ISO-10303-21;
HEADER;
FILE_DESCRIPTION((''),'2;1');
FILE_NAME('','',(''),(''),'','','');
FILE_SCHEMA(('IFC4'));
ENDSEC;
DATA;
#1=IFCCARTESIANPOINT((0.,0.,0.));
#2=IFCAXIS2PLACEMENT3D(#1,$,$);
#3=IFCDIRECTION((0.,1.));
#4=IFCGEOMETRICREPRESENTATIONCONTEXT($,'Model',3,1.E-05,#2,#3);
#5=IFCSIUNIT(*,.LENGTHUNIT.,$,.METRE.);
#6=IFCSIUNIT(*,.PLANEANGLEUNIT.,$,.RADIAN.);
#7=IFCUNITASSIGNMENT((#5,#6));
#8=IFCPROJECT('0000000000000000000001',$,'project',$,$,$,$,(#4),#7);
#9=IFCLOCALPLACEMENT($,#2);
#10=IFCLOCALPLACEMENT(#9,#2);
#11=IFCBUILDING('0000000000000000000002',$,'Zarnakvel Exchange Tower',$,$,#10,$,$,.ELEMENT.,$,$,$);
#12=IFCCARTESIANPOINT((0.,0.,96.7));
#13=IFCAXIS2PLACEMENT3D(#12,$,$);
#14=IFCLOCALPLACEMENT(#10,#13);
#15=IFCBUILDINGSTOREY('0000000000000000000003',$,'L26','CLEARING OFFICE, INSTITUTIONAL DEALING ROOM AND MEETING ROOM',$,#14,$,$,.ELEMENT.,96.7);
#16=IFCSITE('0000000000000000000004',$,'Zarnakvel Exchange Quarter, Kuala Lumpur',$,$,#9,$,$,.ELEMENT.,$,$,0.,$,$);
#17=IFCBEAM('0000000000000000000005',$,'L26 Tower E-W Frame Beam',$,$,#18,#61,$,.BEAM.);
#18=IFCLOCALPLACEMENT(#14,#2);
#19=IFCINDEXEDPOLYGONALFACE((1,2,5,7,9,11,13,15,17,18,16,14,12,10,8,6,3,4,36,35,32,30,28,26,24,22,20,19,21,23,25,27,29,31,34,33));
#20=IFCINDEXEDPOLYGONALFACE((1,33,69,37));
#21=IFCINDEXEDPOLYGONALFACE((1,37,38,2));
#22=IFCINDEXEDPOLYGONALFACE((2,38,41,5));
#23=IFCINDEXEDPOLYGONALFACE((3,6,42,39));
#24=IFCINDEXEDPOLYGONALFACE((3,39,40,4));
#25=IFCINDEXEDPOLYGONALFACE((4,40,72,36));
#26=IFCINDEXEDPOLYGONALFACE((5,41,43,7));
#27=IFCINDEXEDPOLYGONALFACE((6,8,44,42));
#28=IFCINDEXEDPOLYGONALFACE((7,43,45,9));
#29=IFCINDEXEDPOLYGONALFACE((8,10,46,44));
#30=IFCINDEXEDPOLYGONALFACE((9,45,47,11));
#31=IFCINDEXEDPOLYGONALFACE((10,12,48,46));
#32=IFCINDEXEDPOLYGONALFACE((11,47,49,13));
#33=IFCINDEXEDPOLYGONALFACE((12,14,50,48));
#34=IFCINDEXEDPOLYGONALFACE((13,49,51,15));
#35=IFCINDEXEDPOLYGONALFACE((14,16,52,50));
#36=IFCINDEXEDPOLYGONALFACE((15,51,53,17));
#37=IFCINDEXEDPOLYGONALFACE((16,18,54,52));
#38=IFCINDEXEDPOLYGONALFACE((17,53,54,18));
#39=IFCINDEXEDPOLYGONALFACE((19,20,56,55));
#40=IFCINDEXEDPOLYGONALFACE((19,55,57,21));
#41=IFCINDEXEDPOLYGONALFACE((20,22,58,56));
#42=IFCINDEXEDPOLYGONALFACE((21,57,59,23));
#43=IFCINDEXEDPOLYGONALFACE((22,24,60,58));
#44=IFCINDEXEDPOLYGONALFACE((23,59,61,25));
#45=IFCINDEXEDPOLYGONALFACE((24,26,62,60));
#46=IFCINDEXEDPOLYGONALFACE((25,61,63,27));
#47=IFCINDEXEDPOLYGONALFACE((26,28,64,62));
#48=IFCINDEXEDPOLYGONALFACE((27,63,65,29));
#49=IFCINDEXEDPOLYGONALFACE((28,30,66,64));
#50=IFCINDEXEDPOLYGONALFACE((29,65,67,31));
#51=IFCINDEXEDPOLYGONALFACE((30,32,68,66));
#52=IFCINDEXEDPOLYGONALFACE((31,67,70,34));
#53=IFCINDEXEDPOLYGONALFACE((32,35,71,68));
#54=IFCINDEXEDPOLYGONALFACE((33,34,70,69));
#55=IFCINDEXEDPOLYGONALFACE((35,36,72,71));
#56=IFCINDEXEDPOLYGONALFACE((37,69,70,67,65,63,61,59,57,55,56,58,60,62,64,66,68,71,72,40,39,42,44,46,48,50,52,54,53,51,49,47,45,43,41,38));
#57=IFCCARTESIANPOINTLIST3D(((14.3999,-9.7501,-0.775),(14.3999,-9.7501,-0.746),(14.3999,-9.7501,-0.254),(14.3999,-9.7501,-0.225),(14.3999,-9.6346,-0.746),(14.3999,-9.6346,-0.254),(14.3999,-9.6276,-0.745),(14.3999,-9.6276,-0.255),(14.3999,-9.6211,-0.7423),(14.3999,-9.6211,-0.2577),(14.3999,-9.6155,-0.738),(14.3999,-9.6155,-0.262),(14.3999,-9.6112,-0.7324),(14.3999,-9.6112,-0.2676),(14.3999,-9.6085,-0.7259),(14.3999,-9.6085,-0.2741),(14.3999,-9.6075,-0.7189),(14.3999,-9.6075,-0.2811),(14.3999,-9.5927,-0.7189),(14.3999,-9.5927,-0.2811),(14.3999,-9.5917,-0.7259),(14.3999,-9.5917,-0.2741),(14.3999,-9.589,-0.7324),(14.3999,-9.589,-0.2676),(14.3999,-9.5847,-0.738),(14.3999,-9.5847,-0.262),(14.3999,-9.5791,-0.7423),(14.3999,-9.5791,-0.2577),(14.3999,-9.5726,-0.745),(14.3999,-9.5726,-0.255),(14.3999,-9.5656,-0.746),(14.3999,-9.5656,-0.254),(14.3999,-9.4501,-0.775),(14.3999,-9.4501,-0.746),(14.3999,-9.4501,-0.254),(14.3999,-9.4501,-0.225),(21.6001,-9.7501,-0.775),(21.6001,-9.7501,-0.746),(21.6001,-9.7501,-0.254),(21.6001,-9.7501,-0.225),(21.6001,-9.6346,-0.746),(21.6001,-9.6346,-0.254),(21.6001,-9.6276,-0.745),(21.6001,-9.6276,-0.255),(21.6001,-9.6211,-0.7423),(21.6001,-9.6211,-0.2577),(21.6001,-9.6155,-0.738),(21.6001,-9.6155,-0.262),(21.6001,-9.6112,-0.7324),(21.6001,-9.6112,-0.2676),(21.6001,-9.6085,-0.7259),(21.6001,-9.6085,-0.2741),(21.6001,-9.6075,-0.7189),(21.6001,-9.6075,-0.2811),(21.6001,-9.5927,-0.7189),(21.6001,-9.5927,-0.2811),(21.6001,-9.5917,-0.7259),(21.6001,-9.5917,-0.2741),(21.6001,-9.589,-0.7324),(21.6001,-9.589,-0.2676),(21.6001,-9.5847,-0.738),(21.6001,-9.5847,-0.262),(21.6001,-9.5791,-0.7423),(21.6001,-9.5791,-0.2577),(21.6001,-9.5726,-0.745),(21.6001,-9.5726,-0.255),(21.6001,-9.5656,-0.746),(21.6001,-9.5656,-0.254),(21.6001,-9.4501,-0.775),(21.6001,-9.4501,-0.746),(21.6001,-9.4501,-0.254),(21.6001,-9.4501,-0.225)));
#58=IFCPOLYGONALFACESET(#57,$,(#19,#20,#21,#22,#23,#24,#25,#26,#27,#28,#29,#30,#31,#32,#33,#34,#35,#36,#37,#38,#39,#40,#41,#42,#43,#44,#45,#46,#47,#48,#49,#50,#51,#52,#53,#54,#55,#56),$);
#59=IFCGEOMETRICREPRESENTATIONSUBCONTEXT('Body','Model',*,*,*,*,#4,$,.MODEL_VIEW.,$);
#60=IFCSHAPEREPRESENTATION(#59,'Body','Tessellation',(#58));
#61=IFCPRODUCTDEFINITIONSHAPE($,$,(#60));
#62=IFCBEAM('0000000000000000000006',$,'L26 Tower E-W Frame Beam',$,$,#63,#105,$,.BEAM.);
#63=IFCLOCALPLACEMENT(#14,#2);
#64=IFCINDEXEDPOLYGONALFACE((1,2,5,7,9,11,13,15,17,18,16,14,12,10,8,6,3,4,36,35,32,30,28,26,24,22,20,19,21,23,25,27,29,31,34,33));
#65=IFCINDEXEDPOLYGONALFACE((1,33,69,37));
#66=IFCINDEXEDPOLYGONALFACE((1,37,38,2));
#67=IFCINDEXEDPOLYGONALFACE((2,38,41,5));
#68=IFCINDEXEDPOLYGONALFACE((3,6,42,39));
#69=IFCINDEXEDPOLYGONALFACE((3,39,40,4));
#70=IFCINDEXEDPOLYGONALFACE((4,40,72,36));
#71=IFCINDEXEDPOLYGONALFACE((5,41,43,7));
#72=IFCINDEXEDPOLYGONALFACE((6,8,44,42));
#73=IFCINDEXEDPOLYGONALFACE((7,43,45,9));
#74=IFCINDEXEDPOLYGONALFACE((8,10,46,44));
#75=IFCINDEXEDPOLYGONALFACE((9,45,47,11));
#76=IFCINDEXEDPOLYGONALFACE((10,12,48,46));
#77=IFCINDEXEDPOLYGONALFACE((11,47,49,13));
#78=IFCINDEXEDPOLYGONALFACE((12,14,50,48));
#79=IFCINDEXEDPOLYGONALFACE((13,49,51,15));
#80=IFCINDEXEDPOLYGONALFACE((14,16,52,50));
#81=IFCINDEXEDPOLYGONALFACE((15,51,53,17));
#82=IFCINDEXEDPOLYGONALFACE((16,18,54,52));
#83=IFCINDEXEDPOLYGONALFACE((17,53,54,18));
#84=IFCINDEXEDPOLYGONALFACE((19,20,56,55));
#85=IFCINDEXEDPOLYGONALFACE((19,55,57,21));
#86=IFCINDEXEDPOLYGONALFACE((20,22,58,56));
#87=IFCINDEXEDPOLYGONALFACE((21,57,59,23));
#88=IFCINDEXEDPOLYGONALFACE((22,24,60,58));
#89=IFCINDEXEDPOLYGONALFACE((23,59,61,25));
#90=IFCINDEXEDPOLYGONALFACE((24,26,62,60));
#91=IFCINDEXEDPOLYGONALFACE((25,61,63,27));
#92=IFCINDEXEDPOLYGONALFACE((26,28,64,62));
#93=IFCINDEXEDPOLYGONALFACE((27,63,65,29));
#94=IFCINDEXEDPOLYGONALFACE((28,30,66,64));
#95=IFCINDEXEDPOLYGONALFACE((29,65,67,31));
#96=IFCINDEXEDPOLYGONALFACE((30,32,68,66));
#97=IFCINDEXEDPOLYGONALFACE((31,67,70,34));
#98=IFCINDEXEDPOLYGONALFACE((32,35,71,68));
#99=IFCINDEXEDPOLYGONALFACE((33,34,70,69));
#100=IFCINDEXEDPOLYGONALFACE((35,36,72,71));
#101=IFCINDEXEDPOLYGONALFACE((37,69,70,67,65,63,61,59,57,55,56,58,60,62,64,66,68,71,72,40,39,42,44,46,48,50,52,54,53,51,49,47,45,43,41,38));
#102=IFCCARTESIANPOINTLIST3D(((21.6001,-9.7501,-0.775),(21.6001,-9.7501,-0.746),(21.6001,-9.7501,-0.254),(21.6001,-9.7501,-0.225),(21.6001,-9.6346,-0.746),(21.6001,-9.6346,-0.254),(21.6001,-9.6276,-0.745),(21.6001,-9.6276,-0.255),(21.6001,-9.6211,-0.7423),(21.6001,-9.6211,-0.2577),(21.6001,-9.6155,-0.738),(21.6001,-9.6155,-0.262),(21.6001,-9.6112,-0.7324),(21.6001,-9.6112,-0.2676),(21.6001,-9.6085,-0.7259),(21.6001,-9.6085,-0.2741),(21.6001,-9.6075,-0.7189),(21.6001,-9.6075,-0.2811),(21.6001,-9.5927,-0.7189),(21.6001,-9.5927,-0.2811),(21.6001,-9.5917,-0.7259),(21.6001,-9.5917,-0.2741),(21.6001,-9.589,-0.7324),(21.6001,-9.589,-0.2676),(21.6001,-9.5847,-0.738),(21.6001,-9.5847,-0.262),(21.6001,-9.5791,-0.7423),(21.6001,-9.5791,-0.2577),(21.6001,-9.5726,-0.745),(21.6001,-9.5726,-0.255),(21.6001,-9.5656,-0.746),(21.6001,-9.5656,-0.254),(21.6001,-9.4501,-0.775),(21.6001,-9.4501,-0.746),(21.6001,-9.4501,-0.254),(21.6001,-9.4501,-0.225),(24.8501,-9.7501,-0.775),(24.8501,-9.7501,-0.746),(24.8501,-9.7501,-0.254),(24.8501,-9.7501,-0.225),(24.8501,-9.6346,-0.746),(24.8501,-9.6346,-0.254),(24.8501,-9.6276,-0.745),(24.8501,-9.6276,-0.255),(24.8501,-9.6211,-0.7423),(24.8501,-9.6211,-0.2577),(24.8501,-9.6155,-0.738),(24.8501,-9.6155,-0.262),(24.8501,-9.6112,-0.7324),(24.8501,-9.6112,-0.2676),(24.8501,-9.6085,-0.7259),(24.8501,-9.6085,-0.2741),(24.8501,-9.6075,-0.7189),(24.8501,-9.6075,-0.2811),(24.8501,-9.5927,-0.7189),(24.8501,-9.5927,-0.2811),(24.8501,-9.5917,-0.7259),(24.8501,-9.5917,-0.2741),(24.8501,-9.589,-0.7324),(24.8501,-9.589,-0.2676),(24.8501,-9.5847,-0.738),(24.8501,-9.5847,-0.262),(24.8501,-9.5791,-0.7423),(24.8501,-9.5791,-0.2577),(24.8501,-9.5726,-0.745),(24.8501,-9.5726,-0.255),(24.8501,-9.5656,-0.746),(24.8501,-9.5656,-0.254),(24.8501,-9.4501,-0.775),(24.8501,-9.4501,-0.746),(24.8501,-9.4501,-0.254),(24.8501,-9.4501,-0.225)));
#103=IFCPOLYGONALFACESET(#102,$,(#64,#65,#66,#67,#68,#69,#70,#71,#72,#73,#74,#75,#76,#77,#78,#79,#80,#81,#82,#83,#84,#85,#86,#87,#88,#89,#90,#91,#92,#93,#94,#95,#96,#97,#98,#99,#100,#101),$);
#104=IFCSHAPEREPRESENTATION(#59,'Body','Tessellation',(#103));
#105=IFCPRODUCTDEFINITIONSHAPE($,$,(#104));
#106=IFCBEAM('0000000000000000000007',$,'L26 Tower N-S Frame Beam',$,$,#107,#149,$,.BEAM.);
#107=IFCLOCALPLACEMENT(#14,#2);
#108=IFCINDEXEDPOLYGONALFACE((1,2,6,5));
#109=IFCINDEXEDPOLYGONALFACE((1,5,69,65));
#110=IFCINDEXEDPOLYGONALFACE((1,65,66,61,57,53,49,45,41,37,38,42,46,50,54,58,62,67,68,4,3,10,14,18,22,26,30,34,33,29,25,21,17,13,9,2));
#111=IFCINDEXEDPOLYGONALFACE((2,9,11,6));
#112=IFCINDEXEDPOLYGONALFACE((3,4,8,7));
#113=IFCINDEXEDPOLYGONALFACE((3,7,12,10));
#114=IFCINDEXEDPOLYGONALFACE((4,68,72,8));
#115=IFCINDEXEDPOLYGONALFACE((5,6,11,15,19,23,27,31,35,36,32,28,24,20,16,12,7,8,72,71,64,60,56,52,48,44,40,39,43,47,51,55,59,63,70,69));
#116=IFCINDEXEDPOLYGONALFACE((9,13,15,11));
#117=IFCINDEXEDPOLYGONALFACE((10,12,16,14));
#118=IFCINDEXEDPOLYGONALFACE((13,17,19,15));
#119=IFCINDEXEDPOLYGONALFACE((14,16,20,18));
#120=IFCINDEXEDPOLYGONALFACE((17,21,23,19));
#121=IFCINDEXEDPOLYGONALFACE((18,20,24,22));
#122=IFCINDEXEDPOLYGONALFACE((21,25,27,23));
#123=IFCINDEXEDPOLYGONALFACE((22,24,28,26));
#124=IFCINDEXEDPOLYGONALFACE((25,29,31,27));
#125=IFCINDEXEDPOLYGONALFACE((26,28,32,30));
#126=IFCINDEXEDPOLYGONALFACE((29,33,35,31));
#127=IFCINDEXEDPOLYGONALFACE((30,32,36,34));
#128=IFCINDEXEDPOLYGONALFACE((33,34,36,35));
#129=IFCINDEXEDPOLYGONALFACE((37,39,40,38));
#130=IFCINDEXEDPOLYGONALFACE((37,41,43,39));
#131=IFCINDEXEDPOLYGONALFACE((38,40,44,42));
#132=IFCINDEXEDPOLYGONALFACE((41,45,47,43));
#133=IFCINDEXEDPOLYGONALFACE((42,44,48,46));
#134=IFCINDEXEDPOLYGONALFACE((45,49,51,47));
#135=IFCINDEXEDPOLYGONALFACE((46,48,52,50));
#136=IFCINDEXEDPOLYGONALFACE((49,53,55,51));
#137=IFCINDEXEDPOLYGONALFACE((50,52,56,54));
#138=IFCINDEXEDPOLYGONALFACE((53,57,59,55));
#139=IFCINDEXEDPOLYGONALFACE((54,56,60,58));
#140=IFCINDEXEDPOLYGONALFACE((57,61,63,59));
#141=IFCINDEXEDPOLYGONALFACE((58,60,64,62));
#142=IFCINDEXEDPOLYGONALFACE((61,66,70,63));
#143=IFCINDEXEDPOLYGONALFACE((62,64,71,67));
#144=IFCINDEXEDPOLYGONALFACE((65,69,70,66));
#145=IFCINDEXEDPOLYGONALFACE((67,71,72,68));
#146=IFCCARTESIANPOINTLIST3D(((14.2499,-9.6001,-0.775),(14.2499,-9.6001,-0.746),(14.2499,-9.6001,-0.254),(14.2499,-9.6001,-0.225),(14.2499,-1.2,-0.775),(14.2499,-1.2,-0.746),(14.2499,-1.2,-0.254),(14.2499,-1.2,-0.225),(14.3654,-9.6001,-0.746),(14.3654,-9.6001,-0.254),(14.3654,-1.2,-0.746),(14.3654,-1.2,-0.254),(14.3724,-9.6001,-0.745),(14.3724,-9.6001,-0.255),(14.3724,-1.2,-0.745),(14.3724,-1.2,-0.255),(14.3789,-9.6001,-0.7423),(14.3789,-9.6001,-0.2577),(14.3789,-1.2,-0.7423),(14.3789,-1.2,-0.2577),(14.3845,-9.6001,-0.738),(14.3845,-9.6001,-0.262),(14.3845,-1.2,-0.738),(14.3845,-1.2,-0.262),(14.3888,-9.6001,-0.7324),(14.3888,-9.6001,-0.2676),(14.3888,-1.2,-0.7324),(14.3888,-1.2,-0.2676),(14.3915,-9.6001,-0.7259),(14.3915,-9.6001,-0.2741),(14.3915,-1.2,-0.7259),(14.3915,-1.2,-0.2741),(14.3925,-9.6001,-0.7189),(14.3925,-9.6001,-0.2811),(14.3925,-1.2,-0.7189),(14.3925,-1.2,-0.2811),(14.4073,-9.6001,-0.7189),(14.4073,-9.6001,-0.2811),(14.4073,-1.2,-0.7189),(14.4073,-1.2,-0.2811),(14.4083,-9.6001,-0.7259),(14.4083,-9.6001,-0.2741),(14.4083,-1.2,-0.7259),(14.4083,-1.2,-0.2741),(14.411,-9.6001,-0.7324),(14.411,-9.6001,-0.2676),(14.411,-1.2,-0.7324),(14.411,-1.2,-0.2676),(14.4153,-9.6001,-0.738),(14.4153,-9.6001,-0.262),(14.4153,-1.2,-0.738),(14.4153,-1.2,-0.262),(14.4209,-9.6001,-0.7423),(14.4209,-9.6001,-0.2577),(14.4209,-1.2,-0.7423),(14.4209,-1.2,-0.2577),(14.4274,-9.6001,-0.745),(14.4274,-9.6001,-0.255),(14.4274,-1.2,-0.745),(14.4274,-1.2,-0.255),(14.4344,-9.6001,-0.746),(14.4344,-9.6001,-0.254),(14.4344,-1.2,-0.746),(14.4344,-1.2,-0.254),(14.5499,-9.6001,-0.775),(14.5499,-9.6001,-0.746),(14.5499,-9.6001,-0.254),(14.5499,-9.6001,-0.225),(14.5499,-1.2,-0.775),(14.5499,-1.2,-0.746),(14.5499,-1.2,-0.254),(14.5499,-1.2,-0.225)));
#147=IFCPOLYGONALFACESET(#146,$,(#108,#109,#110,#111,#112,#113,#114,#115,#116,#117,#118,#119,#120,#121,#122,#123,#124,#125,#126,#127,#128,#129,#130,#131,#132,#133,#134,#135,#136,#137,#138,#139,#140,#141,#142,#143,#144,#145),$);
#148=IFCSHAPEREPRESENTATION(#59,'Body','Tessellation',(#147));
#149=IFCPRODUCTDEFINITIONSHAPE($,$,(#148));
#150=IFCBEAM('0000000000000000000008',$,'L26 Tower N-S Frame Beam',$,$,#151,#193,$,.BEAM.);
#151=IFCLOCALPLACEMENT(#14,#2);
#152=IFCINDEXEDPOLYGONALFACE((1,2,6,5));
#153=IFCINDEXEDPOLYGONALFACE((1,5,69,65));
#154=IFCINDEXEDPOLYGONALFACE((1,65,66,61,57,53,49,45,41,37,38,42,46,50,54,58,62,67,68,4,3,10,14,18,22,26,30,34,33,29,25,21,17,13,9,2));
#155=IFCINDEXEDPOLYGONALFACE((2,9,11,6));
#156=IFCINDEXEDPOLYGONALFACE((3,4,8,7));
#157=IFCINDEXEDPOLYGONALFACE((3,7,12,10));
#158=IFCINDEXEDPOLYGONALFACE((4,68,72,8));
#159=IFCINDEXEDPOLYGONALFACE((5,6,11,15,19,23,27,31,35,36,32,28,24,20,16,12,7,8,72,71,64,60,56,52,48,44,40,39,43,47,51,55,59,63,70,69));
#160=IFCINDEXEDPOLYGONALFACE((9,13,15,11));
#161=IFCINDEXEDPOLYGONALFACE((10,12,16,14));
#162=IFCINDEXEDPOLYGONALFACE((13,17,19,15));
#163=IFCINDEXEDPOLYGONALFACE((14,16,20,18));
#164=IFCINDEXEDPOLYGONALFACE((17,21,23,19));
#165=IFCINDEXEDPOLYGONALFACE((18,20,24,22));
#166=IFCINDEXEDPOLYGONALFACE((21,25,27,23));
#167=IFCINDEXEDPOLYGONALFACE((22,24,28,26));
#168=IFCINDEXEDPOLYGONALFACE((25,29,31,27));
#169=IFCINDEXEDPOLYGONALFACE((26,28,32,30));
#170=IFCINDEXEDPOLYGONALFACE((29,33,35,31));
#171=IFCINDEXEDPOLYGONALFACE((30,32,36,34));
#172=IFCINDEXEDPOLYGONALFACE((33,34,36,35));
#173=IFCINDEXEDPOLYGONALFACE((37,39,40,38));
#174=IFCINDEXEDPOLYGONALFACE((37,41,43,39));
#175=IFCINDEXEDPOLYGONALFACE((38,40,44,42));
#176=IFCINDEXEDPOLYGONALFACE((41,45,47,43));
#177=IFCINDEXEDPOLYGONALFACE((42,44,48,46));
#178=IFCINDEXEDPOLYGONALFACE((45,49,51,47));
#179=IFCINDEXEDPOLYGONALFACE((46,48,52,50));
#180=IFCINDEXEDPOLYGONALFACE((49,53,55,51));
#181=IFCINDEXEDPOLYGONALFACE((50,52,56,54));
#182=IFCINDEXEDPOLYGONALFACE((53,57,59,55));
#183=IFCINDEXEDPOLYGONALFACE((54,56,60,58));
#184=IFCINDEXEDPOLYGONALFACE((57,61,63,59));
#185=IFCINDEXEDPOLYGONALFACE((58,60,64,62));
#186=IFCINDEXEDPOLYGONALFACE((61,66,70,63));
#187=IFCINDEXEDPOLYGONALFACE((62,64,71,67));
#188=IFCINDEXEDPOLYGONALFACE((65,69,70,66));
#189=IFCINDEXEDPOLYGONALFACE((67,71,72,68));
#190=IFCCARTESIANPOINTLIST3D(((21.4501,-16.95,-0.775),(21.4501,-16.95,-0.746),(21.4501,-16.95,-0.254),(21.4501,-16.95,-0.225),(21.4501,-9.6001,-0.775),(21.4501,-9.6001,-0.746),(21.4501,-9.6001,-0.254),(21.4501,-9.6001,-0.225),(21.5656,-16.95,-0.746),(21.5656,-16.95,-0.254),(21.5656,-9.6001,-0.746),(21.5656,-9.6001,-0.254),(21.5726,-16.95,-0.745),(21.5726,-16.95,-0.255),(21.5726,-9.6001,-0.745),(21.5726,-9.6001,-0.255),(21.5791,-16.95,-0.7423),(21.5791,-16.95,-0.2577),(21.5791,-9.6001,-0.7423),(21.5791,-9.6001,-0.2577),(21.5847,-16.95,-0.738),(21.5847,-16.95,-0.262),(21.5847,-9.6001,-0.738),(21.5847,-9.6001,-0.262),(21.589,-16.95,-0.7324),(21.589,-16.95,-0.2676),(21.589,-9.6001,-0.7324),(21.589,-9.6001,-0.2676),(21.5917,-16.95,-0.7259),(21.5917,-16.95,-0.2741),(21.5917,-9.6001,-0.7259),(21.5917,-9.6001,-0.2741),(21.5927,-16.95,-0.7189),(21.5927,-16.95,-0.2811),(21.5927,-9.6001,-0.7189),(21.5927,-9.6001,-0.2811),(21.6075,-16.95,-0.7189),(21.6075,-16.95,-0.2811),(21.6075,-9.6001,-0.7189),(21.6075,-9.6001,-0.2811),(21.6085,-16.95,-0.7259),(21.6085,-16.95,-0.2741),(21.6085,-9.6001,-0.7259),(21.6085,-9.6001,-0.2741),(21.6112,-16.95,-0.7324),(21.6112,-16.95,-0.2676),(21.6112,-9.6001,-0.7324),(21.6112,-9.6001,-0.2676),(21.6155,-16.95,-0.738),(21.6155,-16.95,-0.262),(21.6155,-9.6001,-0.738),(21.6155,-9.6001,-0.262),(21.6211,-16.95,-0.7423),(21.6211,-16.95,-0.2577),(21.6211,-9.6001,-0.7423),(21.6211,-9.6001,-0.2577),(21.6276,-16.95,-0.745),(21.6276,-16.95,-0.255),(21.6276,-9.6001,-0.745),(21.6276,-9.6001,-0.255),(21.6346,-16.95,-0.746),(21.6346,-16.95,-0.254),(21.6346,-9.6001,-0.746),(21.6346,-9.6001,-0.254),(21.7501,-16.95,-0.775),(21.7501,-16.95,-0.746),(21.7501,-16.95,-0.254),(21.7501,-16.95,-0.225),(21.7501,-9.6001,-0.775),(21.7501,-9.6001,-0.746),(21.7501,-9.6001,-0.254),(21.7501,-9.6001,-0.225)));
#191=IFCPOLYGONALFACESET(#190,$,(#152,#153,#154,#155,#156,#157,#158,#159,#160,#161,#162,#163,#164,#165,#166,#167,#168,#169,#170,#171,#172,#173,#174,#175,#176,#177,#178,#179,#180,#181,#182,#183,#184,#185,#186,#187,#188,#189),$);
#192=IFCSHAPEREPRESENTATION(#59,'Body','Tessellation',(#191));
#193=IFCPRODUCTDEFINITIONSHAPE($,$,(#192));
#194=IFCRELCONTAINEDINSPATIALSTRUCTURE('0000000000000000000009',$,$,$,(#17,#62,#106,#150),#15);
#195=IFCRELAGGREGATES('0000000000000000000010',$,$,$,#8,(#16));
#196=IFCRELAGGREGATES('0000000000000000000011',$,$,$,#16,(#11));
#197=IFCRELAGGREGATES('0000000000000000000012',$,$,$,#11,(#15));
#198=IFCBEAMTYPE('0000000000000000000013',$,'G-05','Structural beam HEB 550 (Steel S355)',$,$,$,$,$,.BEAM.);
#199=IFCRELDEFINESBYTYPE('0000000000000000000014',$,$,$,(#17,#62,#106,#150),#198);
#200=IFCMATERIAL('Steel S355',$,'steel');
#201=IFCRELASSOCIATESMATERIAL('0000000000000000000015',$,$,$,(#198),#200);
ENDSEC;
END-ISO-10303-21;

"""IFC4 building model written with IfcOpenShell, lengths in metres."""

from ifc_helpers import new_model, si_unit, direction, frame, origin, origin_2d, place, context, subcontext, project, spatial, i_section, extrude, material, material_profile, profile_set, type_object, element, save


model = new_model("IFC4")

# Units and contexts
model_context = context("Model", 3, precision=1e-05, world=origin(), true_north=direction((0.0, 1.0)))
body_context = subcontext(model_context, "Body", "Model", "MODEL_VIEW")
ifc_project = project(units=[si_unit("LENGTHUNIT", "METRE"), si_unit("PLANEANGLEUNIT", "RADIAN")], contexts=[model_context])

# Site, building, storey
site_placement = place(None, origin())
site = spatial("IfcSite", under=ifc_project, at=site_placement, Name="Zarnakvel Exchange Quarter, Kuala Lumpur", CompositionType="ELEMENT", RefElevation=0.0)
building_placement = place(site_placement, origin())
building = spatial("IfcBuilding", under=site, at=building_placement, Name="Zarnakvel Exchange Tower", CompositionType="ELEMENT")
storey_placement = place(building_placement, frame((0.0, 0.0, 96.7)))
storey = spatial("IfcBuildingStorey", under=building, at=storey_placement, Name="L26", Description="CLEARING OFFICE, INSTITUTIONAL DEALING ROOM AND MEETING ROOM", CompositionType="ELEMENT", Elevation=96.7)

# Shared definitions
ifc_material_1 = material(Name="Steel S355", Category="steel")

# Beams
ifc_material_profile_1 = material_profile(ifc_material_1, i_section(OverallWidth=0.3, OverallDepth=0.55, WebThickness=0.0149, FlangeThickness=0.0291, FilletRadius=0.0271, at=origin_2d()))
ifc_profile_set_1 = profile_set([ifc_material_profile_1], Name="Steel S355")
beam_type_1 = type_object("IfcBeamType", Name="G-05", Description="Structural beam HEB 550 (Steel S355)", PredefinedType="BEAM", material=ifc_profile_set_1)
beam_1_placement = place(storey_placement, frame((14.3999, -9.6001, -0.5), z_axis=(1.0, 0.0, 0.0), x_axis=(0.0, 1.0, 0.0)))
element("IfcBeam", 1, at=beam_1_placement, inside=storey, type_object=beam_type_1, Name="L26 Tower E-W Frame Beam", PredefinedType="BEAM", context=body_context, shape_type="SweptSolid", body=[
    extrude(i_section(OverallWidth=0.3, OverallDepth=0.55, WebThickness=0.0149, FlangeThickness=0.0291, FilletRadius=0.0271, at=origin_2d()), origin(), (0.0, 0.0, 1.0), 7.2002),
])
beam_2_placement = place(storey_placement, frame((21.6001, -9.6001, -0.5), z_axis=(1.0, 0.0, 0.0), x_axis=(0.0, 1.0, 0.0)))
element("IfcBeam", 2, at=beam_2_placement, inside=storey, type_object=beam_type_1, Name="L26 Tower E-W Frame Beam", PredefinedType="BEAM", context=body_context, shape_type="SweptSolid", body=[
    extrude(i_section(OverallWidth=0.3, OverallDepth=0.55, WebThickness=0.0149, FlangeThickness=0.0291, FilletRadius=0.0271, at=origin_2d()), origin(), (0.0, 0.0, 1.0), 3.25),
])
beam_3_placement = place(storey_placement, frame((14.3999, -9.6001, -0.5), z_axis=(0.0, 1.0, 0.0), x_axis=(-1.0, 0.0, 0.0)))
element("IfcBeam", 3, at=beam_3_placement, inside=storey, type_object=beam_type_1, Name="L26 Tower N-S Frame Beam", PredefinedType="BEAM", context=body_context, shape_type="SweptSolid", body=[
    extrude(i_section(OverallWidth=0.3, OverallDepth=0.55, WebThickness=0.0149, FlangeThickness=0.0291, FilletRadius=0.0271, at=origin_2d()), origin(), (0.0, 0.0, 1.0), 8.4001),
])
beam_4_placement = place(storey_placement, frame((21.6001, -16.95, -0.5), z_axis=(0.0, 1.0, 0.0), x_axis=(-1.0, 0.0, 0.0)))
element("IfcBeam", 4, at=beam_4_placement, inside=storey, type_object=beam_type_1, Name="L26 Tower N-S Frame Beam", PredefinedType="BEAM", context=body_context, shape_type="SweptSolid", body=[
    extrude(i_section(OverallWidth=0.3, OverallDepth=0.55, WebThickness=0.0149, FlangeThickness=0.0291, FilletRadius=0.0271, at=origin_2d()), origin(), (0.0, 0.0, 1.0), 7.3499),
])

save(model, "model.ifc")
